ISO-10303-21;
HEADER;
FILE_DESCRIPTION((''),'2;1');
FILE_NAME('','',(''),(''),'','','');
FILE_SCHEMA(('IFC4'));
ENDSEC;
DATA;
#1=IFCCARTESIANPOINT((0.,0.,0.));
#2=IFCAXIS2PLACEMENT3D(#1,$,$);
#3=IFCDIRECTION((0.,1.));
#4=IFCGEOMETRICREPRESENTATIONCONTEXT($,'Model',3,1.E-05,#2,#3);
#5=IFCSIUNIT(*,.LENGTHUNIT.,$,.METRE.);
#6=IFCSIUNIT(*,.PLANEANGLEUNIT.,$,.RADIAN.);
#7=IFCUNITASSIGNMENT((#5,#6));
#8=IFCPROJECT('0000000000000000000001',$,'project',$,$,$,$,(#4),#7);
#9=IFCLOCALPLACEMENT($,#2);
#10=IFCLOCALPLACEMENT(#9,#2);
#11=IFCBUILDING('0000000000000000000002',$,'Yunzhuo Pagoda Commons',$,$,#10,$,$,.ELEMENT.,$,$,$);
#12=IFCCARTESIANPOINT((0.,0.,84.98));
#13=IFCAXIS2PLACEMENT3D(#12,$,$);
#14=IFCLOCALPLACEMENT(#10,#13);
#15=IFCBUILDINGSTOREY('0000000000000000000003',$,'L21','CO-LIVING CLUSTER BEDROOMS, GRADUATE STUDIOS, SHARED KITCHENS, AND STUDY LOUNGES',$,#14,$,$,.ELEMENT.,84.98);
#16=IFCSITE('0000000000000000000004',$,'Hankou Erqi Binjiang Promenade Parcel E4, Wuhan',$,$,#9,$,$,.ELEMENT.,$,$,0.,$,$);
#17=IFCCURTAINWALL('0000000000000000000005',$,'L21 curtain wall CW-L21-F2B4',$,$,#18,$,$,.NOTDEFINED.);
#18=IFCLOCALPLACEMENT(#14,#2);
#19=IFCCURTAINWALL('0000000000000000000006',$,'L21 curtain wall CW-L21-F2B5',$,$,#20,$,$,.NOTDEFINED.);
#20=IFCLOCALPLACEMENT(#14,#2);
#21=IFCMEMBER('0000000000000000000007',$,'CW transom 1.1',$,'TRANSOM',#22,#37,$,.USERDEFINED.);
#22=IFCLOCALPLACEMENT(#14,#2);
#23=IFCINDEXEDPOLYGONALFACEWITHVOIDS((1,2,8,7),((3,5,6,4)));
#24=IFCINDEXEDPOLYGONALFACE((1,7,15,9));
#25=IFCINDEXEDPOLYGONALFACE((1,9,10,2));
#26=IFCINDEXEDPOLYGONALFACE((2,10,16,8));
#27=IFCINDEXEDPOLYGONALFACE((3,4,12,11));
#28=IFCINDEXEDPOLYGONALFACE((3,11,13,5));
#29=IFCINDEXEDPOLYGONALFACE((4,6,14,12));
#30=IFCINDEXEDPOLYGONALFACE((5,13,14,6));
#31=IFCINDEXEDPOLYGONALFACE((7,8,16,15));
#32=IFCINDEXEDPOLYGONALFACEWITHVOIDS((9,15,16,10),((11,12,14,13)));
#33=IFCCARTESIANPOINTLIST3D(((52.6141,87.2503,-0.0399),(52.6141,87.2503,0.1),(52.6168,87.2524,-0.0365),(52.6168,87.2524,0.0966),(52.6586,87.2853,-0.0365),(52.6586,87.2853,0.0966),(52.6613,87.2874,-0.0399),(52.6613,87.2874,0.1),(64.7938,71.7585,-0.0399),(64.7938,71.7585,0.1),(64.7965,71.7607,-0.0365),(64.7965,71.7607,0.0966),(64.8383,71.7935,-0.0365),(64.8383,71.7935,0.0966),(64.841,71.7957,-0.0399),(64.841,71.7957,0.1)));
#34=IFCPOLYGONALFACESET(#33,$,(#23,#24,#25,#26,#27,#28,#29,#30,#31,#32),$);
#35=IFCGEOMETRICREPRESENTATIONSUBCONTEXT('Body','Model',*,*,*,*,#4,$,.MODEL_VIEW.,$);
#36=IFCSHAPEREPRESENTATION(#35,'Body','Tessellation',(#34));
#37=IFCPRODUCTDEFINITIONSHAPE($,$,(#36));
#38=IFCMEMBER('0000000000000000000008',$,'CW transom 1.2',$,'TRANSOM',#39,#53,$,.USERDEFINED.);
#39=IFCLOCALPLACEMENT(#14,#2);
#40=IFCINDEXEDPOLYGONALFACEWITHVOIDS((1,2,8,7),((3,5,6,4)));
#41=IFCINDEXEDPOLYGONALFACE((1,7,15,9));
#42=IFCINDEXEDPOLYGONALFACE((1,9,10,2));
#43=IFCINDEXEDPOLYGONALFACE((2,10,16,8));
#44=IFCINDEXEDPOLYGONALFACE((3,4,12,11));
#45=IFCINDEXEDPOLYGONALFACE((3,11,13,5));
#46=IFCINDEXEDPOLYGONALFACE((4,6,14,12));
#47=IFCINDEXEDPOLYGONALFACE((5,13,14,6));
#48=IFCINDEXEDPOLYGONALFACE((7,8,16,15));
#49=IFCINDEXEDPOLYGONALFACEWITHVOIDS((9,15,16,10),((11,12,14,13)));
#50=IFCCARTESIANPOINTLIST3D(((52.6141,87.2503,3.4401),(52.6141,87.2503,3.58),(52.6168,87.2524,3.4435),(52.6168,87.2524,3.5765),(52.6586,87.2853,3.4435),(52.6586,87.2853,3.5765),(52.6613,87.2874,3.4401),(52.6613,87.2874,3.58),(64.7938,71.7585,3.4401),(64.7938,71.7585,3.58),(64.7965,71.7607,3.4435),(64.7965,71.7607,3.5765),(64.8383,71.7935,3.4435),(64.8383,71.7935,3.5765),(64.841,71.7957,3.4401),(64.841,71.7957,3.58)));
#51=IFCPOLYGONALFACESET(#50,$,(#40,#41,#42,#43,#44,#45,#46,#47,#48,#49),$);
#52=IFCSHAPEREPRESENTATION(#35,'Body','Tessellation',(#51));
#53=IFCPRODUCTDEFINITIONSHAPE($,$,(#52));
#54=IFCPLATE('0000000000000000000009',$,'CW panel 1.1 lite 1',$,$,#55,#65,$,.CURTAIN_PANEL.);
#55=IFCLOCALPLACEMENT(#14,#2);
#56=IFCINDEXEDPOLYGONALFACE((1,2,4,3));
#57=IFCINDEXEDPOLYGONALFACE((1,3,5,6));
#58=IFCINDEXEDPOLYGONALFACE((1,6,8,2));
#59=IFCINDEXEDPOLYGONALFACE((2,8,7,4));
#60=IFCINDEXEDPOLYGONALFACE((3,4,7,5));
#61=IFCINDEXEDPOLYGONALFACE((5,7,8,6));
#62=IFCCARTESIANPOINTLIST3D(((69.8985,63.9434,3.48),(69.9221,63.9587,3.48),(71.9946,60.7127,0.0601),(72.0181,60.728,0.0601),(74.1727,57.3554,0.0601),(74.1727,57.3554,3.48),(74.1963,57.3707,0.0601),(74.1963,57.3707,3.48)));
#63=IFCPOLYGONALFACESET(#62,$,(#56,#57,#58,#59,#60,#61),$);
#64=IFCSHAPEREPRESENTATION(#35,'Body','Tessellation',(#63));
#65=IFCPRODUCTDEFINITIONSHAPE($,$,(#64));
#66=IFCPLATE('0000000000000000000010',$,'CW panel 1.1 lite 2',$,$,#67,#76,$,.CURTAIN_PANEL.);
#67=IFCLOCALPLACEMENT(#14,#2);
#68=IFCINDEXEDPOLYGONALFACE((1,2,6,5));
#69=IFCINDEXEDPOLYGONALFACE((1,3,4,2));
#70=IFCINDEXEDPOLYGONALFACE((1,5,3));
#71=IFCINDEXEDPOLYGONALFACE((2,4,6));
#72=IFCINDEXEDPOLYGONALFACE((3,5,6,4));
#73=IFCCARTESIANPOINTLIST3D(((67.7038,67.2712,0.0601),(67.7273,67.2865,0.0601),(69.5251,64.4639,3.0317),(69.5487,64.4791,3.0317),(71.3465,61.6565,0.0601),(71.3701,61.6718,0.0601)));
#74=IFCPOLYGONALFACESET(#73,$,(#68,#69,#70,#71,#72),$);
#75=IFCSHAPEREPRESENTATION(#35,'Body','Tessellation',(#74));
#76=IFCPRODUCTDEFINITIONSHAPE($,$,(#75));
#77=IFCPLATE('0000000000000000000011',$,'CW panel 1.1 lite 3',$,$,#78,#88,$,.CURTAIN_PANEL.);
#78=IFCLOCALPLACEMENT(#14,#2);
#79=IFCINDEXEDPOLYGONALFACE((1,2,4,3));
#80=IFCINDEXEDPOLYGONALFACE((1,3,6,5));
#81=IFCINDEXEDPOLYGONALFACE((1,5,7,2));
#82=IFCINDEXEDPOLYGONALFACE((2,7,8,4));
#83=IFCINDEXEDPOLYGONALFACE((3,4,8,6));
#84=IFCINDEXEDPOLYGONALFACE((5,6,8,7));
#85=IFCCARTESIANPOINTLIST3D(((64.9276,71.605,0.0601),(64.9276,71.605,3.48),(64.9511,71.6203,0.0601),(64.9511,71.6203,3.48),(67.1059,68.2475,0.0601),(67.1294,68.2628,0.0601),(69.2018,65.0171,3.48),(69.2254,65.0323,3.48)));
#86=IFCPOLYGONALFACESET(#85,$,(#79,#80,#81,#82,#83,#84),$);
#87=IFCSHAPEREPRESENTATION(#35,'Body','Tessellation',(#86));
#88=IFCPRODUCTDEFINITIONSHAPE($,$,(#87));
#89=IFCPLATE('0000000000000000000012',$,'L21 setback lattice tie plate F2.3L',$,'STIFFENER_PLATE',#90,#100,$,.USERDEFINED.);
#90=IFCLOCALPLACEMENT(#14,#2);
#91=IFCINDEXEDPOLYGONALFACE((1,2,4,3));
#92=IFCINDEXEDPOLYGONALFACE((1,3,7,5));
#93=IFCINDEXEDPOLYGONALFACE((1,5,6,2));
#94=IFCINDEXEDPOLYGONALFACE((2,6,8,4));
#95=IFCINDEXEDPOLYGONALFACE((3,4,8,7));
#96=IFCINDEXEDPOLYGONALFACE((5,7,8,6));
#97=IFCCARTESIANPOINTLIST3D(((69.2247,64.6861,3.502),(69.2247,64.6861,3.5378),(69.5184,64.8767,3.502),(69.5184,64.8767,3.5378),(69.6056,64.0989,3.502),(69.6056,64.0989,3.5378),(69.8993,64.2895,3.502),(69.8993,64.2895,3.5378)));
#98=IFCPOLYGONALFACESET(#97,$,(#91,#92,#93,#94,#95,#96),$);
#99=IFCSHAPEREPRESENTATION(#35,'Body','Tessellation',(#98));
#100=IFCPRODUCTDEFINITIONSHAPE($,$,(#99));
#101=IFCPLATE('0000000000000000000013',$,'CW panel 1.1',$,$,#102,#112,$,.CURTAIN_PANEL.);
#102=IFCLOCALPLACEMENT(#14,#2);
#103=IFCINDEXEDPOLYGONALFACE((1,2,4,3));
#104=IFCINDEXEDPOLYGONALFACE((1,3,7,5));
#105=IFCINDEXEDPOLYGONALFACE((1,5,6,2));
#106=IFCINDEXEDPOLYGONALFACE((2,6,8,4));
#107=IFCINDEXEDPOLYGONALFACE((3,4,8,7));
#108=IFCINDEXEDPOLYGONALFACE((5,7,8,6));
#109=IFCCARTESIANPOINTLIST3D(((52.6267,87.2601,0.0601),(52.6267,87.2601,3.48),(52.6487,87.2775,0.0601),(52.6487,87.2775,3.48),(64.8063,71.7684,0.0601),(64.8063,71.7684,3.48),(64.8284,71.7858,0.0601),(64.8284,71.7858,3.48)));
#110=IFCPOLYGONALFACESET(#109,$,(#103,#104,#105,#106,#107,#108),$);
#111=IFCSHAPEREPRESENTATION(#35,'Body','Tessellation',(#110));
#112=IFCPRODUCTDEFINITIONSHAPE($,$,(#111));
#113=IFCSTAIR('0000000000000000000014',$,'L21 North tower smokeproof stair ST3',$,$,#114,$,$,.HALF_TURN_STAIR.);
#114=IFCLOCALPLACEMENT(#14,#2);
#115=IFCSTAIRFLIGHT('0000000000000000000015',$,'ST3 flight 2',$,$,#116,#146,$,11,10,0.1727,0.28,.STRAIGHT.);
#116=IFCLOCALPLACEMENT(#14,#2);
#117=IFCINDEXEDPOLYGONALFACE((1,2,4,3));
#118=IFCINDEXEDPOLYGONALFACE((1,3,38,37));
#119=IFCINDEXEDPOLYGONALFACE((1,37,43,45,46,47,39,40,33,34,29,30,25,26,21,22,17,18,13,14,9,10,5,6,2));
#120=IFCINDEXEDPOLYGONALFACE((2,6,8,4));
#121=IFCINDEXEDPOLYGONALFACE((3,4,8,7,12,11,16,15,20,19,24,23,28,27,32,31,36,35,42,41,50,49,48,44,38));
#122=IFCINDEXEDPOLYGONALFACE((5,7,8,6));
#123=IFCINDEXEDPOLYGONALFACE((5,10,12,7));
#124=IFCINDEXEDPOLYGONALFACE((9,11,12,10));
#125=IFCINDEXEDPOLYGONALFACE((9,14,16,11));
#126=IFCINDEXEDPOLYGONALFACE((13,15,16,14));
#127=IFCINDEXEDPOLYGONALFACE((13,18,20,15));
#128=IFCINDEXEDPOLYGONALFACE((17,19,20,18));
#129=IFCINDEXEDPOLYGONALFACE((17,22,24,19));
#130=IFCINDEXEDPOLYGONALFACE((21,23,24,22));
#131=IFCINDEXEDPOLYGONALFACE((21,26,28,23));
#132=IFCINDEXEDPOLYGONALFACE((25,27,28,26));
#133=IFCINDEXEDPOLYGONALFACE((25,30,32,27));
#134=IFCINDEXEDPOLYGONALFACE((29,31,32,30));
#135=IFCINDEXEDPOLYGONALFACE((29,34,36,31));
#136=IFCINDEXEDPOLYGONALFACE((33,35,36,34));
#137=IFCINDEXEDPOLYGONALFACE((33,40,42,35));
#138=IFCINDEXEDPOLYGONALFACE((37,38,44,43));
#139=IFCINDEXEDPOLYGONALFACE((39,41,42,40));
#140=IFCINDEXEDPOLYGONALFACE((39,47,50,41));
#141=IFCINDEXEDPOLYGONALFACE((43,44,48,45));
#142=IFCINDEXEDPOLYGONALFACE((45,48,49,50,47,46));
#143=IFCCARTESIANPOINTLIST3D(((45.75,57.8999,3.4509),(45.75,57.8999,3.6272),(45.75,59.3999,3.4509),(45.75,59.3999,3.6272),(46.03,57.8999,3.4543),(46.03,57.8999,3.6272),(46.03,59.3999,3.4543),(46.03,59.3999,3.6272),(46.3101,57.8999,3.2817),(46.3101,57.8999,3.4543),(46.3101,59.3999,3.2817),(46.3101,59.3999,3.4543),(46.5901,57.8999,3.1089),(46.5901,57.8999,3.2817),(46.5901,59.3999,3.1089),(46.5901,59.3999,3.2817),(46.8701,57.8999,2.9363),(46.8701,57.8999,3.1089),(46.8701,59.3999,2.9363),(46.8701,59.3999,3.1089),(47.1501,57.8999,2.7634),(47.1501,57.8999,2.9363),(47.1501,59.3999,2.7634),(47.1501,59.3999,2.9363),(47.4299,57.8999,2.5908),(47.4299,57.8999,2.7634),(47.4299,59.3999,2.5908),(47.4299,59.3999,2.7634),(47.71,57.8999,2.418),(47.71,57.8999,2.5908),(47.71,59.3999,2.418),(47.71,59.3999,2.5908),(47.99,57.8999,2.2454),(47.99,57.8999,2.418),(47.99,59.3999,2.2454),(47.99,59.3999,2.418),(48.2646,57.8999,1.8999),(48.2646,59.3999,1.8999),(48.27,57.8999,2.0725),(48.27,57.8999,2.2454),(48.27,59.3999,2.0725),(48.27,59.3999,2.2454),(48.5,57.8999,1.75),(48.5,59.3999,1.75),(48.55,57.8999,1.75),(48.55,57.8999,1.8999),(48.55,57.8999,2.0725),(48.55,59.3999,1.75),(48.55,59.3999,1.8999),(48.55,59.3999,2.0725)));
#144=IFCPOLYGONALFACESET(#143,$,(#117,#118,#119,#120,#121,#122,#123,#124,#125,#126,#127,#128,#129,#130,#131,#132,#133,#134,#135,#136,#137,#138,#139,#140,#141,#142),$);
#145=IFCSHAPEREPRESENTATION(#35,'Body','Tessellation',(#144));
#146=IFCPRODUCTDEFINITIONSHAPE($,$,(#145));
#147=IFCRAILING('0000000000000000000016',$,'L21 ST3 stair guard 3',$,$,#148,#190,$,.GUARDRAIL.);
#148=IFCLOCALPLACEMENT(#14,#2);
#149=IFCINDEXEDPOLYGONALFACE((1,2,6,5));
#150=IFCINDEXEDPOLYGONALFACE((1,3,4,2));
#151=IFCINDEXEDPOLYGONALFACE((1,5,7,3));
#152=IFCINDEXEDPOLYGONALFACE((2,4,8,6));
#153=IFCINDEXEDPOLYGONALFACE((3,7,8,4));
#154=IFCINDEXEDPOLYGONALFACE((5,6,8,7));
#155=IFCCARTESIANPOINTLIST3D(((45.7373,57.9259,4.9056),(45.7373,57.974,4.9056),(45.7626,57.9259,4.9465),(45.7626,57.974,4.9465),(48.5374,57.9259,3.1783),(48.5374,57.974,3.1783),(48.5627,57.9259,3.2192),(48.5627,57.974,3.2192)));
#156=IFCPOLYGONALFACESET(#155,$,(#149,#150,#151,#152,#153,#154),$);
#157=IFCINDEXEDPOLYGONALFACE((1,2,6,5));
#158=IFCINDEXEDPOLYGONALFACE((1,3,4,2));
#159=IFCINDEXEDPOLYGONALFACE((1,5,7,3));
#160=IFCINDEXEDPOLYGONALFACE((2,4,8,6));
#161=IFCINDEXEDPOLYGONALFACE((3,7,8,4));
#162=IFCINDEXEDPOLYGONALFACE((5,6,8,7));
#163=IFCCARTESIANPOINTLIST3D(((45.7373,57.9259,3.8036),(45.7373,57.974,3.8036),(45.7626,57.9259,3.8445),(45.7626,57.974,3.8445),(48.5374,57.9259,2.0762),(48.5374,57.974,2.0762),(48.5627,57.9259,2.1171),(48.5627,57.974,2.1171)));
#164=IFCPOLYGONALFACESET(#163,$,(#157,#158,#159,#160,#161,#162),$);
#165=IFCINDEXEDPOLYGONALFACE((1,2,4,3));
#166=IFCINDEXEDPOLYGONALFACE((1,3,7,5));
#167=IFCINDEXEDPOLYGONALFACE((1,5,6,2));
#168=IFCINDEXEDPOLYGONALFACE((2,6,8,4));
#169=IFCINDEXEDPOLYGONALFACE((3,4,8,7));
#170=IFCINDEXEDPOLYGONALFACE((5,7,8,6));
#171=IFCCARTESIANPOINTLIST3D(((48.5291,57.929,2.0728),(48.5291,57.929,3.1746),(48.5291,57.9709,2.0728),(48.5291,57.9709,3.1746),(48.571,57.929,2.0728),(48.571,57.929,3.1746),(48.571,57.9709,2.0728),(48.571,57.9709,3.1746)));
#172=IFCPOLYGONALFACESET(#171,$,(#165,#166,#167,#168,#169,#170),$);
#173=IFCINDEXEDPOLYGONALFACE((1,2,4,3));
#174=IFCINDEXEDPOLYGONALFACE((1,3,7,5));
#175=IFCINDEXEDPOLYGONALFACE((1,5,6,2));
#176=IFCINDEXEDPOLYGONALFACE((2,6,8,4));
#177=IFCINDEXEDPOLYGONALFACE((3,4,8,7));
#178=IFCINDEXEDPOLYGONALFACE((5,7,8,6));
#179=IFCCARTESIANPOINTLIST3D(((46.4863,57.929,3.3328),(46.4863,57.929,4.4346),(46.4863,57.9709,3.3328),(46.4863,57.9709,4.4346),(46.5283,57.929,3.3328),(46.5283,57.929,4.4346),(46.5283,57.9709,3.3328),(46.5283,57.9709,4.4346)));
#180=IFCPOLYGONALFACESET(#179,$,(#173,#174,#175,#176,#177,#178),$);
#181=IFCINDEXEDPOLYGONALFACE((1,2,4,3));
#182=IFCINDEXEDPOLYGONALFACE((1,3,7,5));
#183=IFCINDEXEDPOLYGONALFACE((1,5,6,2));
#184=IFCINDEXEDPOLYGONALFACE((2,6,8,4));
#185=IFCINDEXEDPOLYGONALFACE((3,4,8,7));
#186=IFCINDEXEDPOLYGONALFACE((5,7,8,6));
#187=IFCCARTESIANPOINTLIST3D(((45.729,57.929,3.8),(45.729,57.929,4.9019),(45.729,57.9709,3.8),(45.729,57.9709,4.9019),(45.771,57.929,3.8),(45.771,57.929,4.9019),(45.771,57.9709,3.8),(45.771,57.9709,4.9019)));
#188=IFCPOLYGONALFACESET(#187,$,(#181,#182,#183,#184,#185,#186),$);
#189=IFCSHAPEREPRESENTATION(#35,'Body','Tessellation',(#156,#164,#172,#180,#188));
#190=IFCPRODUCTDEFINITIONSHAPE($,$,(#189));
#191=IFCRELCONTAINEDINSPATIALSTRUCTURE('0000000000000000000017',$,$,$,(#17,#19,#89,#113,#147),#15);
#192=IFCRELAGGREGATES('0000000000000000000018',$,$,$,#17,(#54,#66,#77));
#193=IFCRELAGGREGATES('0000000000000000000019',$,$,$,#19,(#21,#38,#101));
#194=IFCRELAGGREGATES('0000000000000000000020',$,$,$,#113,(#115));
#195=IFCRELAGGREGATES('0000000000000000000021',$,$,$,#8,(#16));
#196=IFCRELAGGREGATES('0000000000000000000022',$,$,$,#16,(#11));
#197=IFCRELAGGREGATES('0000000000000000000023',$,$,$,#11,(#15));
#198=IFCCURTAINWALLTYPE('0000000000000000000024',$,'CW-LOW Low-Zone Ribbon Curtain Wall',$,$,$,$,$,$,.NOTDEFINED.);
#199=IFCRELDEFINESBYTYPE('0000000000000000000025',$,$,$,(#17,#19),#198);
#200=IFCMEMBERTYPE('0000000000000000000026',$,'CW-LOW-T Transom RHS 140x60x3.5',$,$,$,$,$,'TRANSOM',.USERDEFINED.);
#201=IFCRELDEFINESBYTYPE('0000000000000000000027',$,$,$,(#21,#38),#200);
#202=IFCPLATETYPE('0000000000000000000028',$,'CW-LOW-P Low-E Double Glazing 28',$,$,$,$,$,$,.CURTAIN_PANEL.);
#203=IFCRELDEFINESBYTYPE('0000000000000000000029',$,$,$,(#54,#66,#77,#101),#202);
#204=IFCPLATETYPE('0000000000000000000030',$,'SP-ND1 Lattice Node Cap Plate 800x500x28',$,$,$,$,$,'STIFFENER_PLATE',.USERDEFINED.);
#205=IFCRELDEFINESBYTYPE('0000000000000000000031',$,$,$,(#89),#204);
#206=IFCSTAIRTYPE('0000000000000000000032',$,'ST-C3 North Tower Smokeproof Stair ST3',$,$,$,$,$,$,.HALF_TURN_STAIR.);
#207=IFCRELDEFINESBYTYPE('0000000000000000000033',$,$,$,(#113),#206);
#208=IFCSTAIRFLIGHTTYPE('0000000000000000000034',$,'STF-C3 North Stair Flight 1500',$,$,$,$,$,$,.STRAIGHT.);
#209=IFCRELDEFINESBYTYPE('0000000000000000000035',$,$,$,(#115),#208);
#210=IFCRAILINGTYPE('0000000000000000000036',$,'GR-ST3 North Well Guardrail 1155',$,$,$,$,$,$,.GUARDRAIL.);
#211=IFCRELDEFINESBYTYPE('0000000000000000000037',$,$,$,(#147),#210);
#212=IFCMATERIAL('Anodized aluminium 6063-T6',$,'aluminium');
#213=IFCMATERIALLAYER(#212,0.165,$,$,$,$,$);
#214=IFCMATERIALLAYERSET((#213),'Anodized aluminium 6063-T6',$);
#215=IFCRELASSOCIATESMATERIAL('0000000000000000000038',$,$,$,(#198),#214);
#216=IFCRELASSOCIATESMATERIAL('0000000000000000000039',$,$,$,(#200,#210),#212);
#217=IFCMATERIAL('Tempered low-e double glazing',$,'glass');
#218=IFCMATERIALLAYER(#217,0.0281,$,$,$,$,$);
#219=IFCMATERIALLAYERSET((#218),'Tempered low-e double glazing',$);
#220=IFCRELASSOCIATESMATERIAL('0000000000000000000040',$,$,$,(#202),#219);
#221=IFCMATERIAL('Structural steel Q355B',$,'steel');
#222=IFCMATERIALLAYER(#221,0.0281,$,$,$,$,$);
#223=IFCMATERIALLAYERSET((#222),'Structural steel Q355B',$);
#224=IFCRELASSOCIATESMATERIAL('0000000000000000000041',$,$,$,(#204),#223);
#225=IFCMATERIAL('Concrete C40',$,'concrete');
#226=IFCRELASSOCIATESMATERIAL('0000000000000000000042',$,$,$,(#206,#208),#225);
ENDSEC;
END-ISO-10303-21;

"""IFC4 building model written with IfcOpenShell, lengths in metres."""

from ifc_helpers import new_model, si_unit, direction, frame, origin, origin_2d, place, context, subcontext, project, spatial, polyline, rectangle, hollow_rectangle, outline, extrude, source, transform, mapped, material, layer, layer_set, material_profile, profile_set, type_object, element, aggregate, save


model = new_model("IFC4")

# Units and contexts
model_context = context("Model", 3, precision=1e-05, world=origin(), true_north=direction((0.0, 1.0)))
body_context = subcontext(model_context, "Body", "Model", "MODEL_VIEW")
ifc_project = project(units=[si_unit("LENGTHUNIT", "METRE"), si_unit("PLANEANGLEUNIT", "RADIAN")], contexts=[model_context])

# Site, building, storey
site_placement = place(None, origin())
site = spatial("IfcSite", under=ifc_project, at=site_placement, Name="Hankou Erqi Binjiang Promenade Parcel E4, Wuhan", CompositionType="ELEMENT", RefElevation=0.0)
building_placement = place(site_placement, origin())
building = spatial("IfcBuilding", under=site, at=building_placement, Name="Yunzhuo Pagoda Commons", CompositionType="ELEMENT")
storey_placement = place(building_placement, frame((0.0, 0.0, 84.98)))
storey = spatial("IfcBuildingStorey", under=building, at=storey_placement, Name="L21", Description="CO-LIVING CLUSTER BEDROOMS, GRADUATE STUDIOS, SHARED KITCHENS, AND STUDY LOUNGES", CompositionType="ELEMENT", Elevation=84.98)

# Shared definitions
ifc_material_1 = material(Name="Structural steel Q355B", Category="steel")

# Curtain wall
ifc_material_2 = material(Name="Anodized aluminium 6063-T6", Category="aluminium")
ifc_layer_1 = layer(ifc_material_2, 0.165)
ifc_layer_set_1 = layer_set([ifc_layer_1], Name="Anodized aluminium 6063-T6")
curtain_wall_type = type_object("IfcCurtainWallType", Name="CW-LOW Low-Zone Ribbon Curtain Wall", PredefinedType="NOTDEFINED", material=ifc_layer_set_1)
curtain_wall_1_placement = place(storey_placement, origin())
curtain_wall_1 = element("IfcCurtainWall", 1, at=curtain_wall_1_placement, inside=storey, type_object=curtain_wall_type, Name="L21 curtain wall CW-L21-F2B4", PredefinedType="NOTDEFINED")

# Curtain wall, members
curtain_wall_2_placement = place(storey_placement, origin())
curtain_wall_2 = element("IfcCurtainWall", 2, at=curtain_wall_2_placement, inside=storey, type_object=curtain_wall_type, Name="L21 curtain wall CW-L21-F2B5", PredefinedType="NOTDEFINED")
ifc_material_profile_1 = material_profile(ifc_material_2, hollow_rectangle(XDim=0.0601, YDim=0.1399, WallThickness=0.0034, at=origin_2d()), Name="Anodized aluminium 6063-T6")
ifc_profile_set_1 = profile_set([ifc_material_profile_1], Name="Anodized aluminium 6063-T6")
member_type_1 = type_object("IfcMemberType", Name="CW-LOW-T Transom RHS 140x60x3.5", ElementType="TRANSOM", PredefinedType="USERDEFINED", material=ifc_profile_set_1)
shared_shape_1 = source(origin(), body_context, "Body", "SweptSolid", [
    extrude(hollow_rectangle(XDim=0.0601, YDim=0.1399, WallThickness=0.0034, at=origin_2d()), origin(), (0.0, 0.0, 1.0), 19.7063),
])
member_1_placement = place(storey_placement, frame((64.8174, 71.7771, 0.03), z_axis=(-0.618061, 0.78613, 0.0), x_axis=(-0.78613, -0.618061, 0.0)))
member_1 = element("IfcMember", 3, at=member_1_placement, type_object=member_type_1, Name="CW transom 1.1", ObjectType="TRANSOM", PredefinedType="USERDEFINED", context=body_context, shape_type="MappedRepresentation", body=[
    mapped(shared_shape_1, transform((0.0, 0.0, 0.0), scale=1.0)),
])
member_2_placement = place(storey_placement, frame((64.8174, 71.7771, 3.51), z_axis=(-0.618061, 0.78613, 0.0), x_axis=(-0.78613, -0.618061, 0.0)))
member_2 = element("IfcMember", 4, at=member_2_placement, type_object=member_type_1, Name="CW transom 1.2", ObjectType="TRANSOM", PredefinedType="USERDEFINED", context=body_context, shape_type="MappedRepresentation", body=[
    mapped(shared_shape_1, transform((0.0, 0.0, 0.0), scale=1.0)),
])

# Plates
ifc_material_3 = material(Name="Tempered low-e double glazing", Category="glass")
ifc_layer_2 = layer(ifc_material_3, 0.0281)
ifc_layer_set_2 = layer_set([ifc_layer_2], Name="Tempered low-e double glazing")
plate_type_1 = type_object("IfcPlateType", Name="CW-LOW-P Low-E Double Glazing 28", PredefinedType="CURTAIN_PANEL", material=ifc_layer_set_2)
plate_1_placement = place(storey_placement, frame((72.0356, 60.6494, 1.77), z_axis=(0.838907, 0.544275, 0.0), x_axis=(-0.544275, 0.838907, 0.0)))
plate_1 = element("IfcPlate", 5, at=plate_1_placement, type_object=plate_type_1, Name="CW panel 1.1 lite 1", PredefinedType="CURTAIN_PANEL", context=body_context, shape_type="SweptSolid", body=[
    extrude(outline(polyline([(-3.9265, -1.71), (0.0754, -1.71), (3.9265, 1.71), (-3.9265, 1.71), (-3.9265, -1.71)])), origin(), (0.0, 0.0, 1.0), 0.0281),
])
plate_2_placement = place(storey_placement, frame((69.5251, 64.4639, 1.5459), z_axis=(0.838907, 0.544275, 0.0), x_axis=(-0.544275, 0.838907, 0.0)))
plate_2 = element("IfcPlate", 6, at=plate_2_placement, type_object=plate_type_1, Name="CW panel 1.1 lite 2", PredefinedType="CURTAIN_PANEL", context=body_context, shape_type="SweptSolid", body=[
    extrude(outline(polyline([(-3.3464, -1.4858), (3.3464, -1.4858), (0.0, 1.4858), (-3.3464, -1.4858)])), origin(), (0.0, 0.0, 1.0), 0.0281),
])
plate_3_placement = place(storey_placement, frame((67.0647, 68.311, 1.77), z_axis=(0.838907, 0.544275, 0.0), x_axis=(-0.544275, 0.838907, 0.0)))
plate_3 = element("IfcPlate", 7, at=plate_3_placement, type_object=plate_type_1, Name="CW panel 1.1 lite 3", PredefinedType="CURTAIN_PANEL", context=body_context, shape_type="SweptSolid", body=[
    extrude(outline(polyline([(-3.9265, 1.71), (-0.0757, -1.71), (3.9265, -1.71), (3.9265, 1.71), (-3.9265, 1.71)])), origin(), (0.0, 0.0, 1.0), 0.0281),
])
aggregate(curtain_wall_1, [plate_1, plate_2, plate_3])
ifc_layer_3 = layer(ifc_material_1, 0.0281)
ifc_layer_set_3 = layer_set([ifc_layer_3], Name="Structural steel Q355B")
plate_type_2 = type_object("IfcPlateType", Name="SP-ND1 Lattice Node Cap Plate 800x500x28", ElementType="STIFFENER_PLATE", PredefinedType="USERDEFINED", material=ifc_layer_set_3)
shared_shape_2 = source(origin(), body_context, "Body", "SweptSolid", [
    extrude(rectangle(XDim=0.7, YDim=0.3501, at=origin_2d()), origin(), (0.0, 0.0, 1.0), 0.0359),
])
plate_4_placement = place(storey_placement, frame((69.562, 64.4878, 3.502), z_axis=(0.0, 0.0, 1.0), x_axis=(-0.544273, 0.838908, 0.0)))
element("IfcPlate", 8, at=plate_4_placement, inside=storey, type_object=plate_type_2, Name="L21 setback lattice tie plate F2.3L", ObjectType="STIFFENER_PLATE", PredefinedType="USERDEFINED", context=body_context, shape_type="MappedRepresentation", body=[
    mapped(shared_shape_2, transform((0.0, 0.0, 0.0), scale=1.0)),
])
shared_shape_3 = source(origin(), body_context, "Body", "SweptSolid", [
    extrude(rectangle(XDim=19.7063, YDim=0.0281, at=origin_2d()), origin(), (0.0, 0.0, 1.0), 3.4199),
])
plate_5_placement = place(storey_placement, frame((58.7275, 79.5229, 0.0601), z_axis=(0.0, 0.0, 1.0), x_axis=(-0.61806, 0.786131, 0.0)))
plate_5 = element("IfcPlate", 9, at=plate_5_placement, type_object=plate_type_1, Name="CW panel 1.1", PredefinedType="CURTAIN_PANEL", context=body_context, shape_type="MappedRepresentation", body=[
    mapped(shared_shape_3, transform((0.0, 0.0, 0.0), scale=1.0)),
])
aggregate(curtain_wall_2, [member_1, member_2, plate_5])

# Stair, stair flight
ifc_material_4 = material(Name="Concrete C40", Category="concrete")
stair_type = type_object("IfcStairType", Name="ST-C3 North Tower Smokeproof Stair ST3", PredefinedType="HALF_TURN_STAIR", material=ifc_material_4)
stair_placement = place(storey_placement, origin())
stair = element("IfcStair", 10, at=stair_placement, inside=storey, type_object=stair_type, Name="L21 North tower smokeproof stair ST3", PredefinedType="HALF_TURN_STAIR")
stair_flight_type = type_object("IfcStairFlightType", Name="STF-C3 North Stair Flight 1500", PredefinedType="STRAIGHT", material=ifc_material_4)
shared_shape_4 = source(origin(), body_context, "Body", "SweptSolid", [
    extrude(outline(polyline([(0.0, -0.1499), (0.0, 0.0), (0.0, 0.1726), (0.28, 0.1726), (0.28, 0.3455), (0.5601, 0.3455), (0.5601, 0.5181), (0.8401, 0.5181), (0.8401, 0.6909), (1.1201, 0.6909), (1.1201, 0.8635), (1.3999, 0.8635), (1.3999, 1.0364), (1.6799, 1.0364), (1.6799, 1.209), (1.96, 1.209), (1.96, 1.3818), (2.24, 1.3818), (2.24, 1.5544), (2.52, 1.5544), (2.52, 1.7273), (2.8, 1.7273), (2.8, 1.8999), (2.8, 1.551), (0.2854, 0.0), (0.05, -0.1499), (0.0, -0.1499)])), frame((0.0, 0.75, 0.0), z_axis=(0.0, -1.0, 0.0), x_axis=(1.0, 0.0, 0.0)), (0.0, 0.0, 1.0), 1.5),
])
stair_flight_placement = place(storey_placement, frame((48.55, 58.6499, 1.8999), z_axis=(0.0, 0.0, 1.0), x_axis=(-1.0, 0.0, 0.0)))
stair_flight = element("IfcStairFlight", 11, at=stair_flight_placement, type_object=stair_flight_type, Name="ST3 flight 2", NumberOfRisers=11, NumberOfTreads=10, PredefinedType="STRAIGHT", RiserHeight=0.1727, TreadLength=0.28, context=body_context, shape_type="MappedRepresentation", body=[
    mapped(shared_shape_4, transform((0.0, 0.0, 0.0), scale=1.0)),
])
aggregate(stair, [stair_flight])

# Railing
railing_type_1 = type_object("IfcRailingType", Name="GR-ST3 North Well Guardrail 1155", PredefinedType="GUARDRAIL", material=ifc_material_2)
railing_1_placement = place(storey_placement, frame((48.55, 57.95, 2.0728)))
element("IfcRailing", 12, at=railing_1_placement, inside=storey, type_object=railing_type_1, Name="L21 ST3 stair guard 3", PredefinedType="GUARDRAIL", context=body_context, shape_type="SweptSolid", body=[
    extrude(rectangle(XDim=0.0481, YDim=0.0481, at=origin_2d()), frame((0.0, 0.0, 1.126), z_axis=(-0.85109, 0.0, 0.52502), x_axis=(0.0, -1.0, 0.0)), (0.0, 0.0, 1.0), 3.29),
    extrude(rectangle(XDim=0.0481, YDim=0.0481, at=origin_2d()), frame((0.0, 0.0, 0.0239), z_axis=(-0.85109, 0.0, 0.52502), x_axis=(0.0, -1.0, 0.0)), (0.0, 0.0, 1.0), 3.29),
    extrude(rectangle(XDim=0.042, YDim=0.042, at=origin_2d()), origin(), (0.0, 0.0, 1.0), 1.1018),
    extrude(rectangle(XDim=0.042, YDim=0.042, at=origin_2d()), frame((-2.0427, 0.0, 1.26)), (0.0, 0.0, 1.0), 1.1018),
    extrude(rectangle(XDim=0.042, YDim=0.042, at=origin_2d()), frame((-2.8, 0.0, 1.7273)), (0.0, 0.0, 1.0), 1.1018),
])

save(model, "model.ifc")
